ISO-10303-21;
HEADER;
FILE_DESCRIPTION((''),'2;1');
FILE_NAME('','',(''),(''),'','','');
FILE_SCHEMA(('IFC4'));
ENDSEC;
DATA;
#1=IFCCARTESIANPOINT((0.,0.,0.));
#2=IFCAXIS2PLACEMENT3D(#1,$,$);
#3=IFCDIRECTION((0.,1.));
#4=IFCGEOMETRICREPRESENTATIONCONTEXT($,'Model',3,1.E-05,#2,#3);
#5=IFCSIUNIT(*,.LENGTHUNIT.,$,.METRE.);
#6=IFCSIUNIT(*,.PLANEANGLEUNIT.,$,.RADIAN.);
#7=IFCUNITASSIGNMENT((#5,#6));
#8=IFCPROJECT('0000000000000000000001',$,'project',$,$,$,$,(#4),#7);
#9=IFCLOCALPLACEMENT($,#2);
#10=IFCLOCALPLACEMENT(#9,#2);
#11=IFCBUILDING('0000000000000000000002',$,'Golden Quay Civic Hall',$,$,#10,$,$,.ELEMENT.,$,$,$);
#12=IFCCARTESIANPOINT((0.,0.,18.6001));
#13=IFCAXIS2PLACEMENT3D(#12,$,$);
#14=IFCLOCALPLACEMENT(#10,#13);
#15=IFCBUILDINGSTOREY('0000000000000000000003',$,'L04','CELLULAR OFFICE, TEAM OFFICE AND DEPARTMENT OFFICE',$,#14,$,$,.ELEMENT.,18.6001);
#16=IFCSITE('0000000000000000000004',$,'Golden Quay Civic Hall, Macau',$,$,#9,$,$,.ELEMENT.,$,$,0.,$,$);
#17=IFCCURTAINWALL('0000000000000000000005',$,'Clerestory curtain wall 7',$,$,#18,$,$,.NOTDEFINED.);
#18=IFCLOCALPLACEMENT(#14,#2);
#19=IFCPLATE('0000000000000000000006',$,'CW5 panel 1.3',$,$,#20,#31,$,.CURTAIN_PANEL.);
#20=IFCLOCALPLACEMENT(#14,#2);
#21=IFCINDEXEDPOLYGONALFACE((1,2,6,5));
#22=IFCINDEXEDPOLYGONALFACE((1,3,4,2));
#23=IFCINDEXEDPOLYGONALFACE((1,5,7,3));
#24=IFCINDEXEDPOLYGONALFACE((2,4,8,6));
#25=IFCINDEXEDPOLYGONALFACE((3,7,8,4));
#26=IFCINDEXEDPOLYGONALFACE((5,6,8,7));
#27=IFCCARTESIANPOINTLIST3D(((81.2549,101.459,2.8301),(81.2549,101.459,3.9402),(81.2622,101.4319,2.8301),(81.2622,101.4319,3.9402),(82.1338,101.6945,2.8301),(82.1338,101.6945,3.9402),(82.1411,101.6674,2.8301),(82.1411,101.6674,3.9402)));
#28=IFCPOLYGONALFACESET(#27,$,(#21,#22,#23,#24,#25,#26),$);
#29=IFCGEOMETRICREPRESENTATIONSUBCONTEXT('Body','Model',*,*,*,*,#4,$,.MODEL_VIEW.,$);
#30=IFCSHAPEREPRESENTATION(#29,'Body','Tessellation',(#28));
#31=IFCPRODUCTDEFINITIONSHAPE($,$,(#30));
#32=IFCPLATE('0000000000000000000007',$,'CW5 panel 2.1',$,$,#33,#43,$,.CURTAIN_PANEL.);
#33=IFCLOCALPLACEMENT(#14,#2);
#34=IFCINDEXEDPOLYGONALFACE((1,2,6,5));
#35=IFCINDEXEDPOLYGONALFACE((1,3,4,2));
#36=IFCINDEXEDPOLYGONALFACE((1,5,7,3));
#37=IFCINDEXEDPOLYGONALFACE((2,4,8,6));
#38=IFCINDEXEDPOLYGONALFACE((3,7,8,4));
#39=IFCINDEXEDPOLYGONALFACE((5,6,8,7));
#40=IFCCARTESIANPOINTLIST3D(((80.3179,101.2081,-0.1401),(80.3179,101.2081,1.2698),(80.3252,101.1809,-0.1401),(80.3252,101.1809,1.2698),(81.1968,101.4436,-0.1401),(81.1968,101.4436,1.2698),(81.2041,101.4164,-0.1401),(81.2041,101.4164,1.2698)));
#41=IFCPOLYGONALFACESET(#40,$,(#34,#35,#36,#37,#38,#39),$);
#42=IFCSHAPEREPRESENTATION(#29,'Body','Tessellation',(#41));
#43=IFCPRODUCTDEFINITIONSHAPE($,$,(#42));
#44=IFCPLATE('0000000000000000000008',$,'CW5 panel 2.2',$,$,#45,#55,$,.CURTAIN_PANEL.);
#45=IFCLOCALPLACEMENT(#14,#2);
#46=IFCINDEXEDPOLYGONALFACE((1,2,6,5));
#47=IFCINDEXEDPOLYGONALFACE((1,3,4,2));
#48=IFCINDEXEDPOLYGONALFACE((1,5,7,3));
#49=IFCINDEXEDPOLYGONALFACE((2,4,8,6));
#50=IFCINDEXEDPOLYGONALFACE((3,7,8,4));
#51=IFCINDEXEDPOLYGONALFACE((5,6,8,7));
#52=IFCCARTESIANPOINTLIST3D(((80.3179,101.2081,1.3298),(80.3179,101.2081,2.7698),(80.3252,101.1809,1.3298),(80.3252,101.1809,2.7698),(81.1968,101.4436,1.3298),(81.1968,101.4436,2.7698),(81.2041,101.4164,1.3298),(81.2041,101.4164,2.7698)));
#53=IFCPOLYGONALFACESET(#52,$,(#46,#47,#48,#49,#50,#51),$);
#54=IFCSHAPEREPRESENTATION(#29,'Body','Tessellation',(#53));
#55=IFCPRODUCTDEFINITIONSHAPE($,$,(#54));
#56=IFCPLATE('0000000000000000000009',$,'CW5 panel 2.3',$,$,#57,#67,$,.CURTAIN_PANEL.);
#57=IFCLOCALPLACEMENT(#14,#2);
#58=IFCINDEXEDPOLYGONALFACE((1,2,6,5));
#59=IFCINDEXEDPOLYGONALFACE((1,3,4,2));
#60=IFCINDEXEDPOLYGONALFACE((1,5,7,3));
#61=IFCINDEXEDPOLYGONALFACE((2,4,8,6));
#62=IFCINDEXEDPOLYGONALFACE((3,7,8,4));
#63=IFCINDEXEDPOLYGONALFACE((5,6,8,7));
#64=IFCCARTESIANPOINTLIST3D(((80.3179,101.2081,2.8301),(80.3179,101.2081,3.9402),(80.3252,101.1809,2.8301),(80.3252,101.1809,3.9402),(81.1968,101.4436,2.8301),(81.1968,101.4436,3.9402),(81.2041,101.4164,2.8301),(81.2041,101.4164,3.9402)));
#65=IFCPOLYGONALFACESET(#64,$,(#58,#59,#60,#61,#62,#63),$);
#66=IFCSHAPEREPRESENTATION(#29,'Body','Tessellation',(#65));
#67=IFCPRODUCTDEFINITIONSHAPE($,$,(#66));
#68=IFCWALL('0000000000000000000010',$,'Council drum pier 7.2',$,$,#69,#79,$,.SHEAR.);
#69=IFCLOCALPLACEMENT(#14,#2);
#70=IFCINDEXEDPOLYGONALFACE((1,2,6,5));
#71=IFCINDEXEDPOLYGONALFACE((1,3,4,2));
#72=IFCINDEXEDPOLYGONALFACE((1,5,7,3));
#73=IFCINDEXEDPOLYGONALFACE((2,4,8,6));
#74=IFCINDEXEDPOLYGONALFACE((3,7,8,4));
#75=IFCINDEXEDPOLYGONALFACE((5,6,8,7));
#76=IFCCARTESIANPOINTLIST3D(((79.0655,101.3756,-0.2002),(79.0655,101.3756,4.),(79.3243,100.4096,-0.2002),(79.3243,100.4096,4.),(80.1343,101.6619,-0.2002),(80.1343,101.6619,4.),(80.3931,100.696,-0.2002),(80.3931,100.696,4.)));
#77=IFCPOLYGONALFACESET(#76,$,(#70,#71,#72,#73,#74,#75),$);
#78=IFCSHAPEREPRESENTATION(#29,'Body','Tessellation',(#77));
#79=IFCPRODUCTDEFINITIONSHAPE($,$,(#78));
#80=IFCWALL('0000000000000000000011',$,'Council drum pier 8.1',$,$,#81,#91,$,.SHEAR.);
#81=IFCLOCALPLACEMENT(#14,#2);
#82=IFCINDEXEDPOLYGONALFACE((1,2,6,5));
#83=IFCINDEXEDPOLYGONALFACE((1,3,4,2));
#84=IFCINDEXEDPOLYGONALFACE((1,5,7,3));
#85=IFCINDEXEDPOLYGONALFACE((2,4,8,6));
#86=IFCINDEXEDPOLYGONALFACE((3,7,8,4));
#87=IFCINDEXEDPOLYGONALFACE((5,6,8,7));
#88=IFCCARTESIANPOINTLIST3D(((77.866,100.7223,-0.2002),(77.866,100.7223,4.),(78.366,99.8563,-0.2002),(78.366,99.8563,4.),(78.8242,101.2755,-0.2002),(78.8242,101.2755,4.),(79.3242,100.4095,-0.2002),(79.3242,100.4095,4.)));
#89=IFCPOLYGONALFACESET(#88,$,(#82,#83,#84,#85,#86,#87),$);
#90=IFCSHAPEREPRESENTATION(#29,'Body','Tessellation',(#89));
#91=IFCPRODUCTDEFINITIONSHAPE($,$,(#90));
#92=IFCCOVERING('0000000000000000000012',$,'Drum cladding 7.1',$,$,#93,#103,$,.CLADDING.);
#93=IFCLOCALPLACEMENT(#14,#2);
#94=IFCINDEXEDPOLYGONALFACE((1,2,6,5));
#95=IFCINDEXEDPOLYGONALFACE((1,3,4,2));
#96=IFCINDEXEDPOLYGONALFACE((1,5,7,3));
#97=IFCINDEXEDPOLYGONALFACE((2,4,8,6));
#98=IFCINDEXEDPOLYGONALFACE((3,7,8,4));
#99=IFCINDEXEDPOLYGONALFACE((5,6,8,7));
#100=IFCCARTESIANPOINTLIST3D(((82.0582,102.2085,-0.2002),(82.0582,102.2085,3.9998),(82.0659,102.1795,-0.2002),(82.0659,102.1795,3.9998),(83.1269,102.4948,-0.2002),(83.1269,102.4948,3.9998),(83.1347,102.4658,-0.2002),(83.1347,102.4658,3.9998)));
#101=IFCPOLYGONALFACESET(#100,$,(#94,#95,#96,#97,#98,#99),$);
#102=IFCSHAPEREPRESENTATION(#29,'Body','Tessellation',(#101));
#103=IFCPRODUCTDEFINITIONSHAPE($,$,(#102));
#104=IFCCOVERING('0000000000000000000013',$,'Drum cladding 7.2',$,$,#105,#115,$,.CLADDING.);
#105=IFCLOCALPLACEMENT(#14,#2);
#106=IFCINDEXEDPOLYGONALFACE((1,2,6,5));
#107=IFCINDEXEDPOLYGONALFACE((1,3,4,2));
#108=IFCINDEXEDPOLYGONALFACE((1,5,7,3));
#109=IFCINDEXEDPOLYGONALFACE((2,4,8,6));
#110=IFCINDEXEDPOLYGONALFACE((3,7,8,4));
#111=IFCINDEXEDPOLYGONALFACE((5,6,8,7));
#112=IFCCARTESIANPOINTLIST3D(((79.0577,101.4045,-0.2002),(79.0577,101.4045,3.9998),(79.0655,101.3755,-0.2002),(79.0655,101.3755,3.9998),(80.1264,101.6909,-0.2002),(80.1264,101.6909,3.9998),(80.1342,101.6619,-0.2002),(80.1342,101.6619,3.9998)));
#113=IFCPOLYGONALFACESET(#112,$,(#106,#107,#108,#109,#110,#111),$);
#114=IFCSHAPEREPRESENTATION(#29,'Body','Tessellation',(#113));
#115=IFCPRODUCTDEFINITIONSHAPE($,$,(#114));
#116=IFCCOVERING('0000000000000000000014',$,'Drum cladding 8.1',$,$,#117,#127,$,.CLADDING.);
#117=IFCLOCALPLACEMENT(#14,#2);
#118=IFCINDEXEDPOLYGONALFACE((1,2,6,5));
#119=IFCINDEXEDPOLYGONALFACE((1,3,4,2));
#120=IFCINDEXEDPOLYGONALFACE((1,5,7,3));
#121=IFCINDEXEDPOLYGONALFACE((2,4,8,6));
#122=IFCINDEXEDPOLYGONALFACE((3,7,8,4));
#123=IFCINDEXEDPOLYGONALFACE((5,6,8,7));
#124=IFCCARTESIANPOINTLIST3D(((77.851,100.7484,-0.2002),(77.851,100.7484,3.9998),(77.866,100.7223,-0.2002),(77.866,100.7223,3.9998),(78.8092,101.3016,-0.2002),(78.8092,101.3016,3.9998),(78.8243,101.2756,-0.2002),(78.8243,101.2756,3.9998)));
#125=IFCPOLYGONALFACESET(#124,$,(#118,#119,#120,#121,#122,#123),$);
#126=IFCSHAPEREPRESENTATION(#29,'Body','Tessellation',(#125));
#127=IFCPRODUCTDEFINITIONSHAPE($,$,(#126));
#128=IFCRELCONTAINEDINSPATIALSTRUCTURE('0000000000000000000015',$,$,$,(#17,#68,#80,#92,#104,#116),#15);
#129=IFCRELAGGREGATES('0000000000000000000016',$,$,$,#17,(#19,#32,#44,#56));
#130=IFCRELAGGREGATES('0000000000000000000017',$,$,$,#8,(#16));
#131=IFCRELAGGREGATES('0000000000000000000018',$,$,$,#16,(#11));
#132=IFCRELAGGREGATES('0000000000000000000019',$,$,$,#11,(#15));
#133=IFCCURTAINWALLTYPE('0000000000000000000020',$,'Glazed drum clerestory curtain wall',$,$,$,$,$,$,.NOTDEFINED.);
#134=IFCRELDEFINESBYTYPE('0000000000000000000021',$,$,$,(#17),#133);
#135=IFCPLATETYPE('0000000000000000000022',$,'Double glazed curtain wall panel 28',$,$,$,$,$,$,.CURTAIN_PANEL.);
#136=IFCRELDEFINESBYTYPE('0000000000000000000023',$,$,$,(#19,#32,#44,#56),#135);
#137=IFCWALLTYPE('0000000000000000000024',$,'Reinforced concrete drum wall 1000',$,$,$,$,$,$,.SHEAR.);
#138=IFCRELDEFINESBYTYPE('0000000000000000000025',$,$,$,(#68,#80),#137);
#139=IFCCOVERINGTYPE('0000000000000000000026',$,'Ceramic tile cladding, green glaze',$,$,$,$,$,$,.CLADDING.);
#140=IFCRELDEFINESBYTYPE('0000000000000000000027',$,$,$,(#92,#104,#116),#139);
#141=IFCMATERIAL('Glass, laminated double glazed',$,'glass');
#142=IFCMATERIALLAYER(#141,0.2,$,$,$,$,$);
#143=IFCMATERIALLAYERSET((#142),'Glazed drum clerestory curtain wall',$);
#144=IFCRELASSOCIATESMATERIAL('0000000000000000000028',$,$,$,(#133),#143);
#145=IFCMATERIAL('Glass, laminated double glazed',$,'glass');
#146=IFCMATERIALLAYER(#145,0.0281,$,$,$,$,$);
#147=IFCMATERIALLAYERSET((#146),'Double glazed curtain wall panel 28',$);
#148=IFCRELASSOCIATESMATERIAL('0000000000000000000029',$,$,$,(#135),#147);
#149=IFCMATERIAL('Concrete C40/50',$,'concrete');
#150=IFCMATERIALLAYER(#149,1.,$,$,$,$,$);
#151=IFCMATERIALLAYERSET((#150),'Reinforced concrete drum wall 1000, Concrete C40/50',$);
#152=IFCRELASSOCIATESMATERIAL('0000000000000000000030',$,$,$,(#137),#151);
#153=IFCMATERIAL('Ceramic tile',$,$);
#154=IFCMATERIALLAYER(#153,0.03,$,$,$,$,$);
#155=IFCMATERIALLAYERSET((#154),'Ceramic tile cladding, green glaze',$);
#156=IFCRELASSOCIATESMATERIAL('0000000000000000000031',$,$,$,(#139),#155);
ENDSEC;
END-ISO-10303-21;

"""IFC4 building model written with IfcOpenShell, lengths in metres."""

from ifc_helpers import new_model, si_unit, direction, frame, frame_2d, origin, origin_2d, place, context, subcontext, project, spatial, rectangle, extrude, material, layer, layer_set, type_object, element, aggregate, save


model = new_model("IFC4")

# Units and contexts
model_context = context("Model", 3, precision=1e-05, world=origin(), true_north=direction((0.0, 1.0)))
body_context = subcontext(model_context, "Body", "Model", "MODEL_VIEW")
ifc_project = project(units=[si_unit("LENGTHUNIT", "METRE"), si_unit("PLANEANGLEUNIT", "RADIAN")], contexts=[model_context])

# Site, building, storey
site_placement = place(None, origin())
site = spatial("IfcSite", under=ifc_project, at=site_placement, Name="Golden Quay Civic Hall, Macau", CompositionType="ELEMENT", RefElevation=0.0)
building_placement = place(site_placement, origin())
building = spatial("IfcBuilding", under=site, at=building_placement, Name="Golden Quay Civic Hall", CompositionType="ELEMENT")
storey_placement = place(building_placement, frame((0.0, 0.0, 18.6001)))
storey = spatial("IfcBuildingStorey", under=building, at=storey_placement, Name="L04", Description="CELLULAR OFFICE, TEAM OFFICE AND DEPARTMENT OFFICE", CompositionType="ELEMENT", Elevation=18.6001)

# Curtain wall
ifc_material_1 = material(Name="Glass, laminated double glazed", Category="glass")
ifc_layer_1 = layer(ifc_material_1, 0.2)
ifc_layer_set_1 = layer_set([ifc_layer_1], Name="Glazed drum clerestory curtain wall")
curtain_wall_type = type_object("IfcCurtainWallType", Name="Glazed drum clerestory curtain wall", PredefinedType="NOTDEFINED", material=ifc_layer_set_1)
curtain_wall_placement = place(storey_placement, origin())
curtain_wall = element("IfcCurtainWall", 1, at=curtain_wall_placement, inside=storey, type_object=curtain_wall_type, Name="Clerestory curtain wall 7", PredefinedType="NOTDEFINED")

# Plates
ifc_material_2 = material(Name="Glass, laminated double glazed", Category="glass")
ifc_layer_2 = layer(ifc_material_2, 0.0281)
ifc_layer_set_2 = layer_set([ifc_layer_2], Name="Double glazed curtain wall panel 28")
plate_type = type_object("IfcPlateType", Name="Double glazed curtain wall panel 28", PredefinedType="CURTAIN_PANEL", material=ifc_layer_set_2)
plate_1_placement = place(storey_placement, frame((81.698, 101.5632, 2.8301), z_axis=(0.0, 0.0, 1.0), x_axis=(-0.965929, -0.258808, 0.0)))
plate_1 = element("IfcPlate", 2, at=plate_1_placement, type_object=plate_type, Name="CW5 panel 1.3", PredefinedType="CURTAIN_PANEL", context=body_context, shape_type="SweptSolid", body=[
    extrude(rectangle(XDim=0.9099, YDim=0.0281, at=origin_2d()), origin(), (0.0, 0.0, 1.0), 1.1101),
])
plate_2_placement = place(storey_placement, frame((80.761, 101.3123, -0.1401), z_axis=(0.0, 0.0, 1.0), x_axis=(-0.965929, -0.258808, 0.0)))
plate_2 = element("IfcPlate", 3, at=plate_2_placement, type_object=plate_type, Name="CW5 panel 2.1", PredefinedType="CURTAIN_PANEL", context=body_context, shape_type="SweptSolid", body=[
    extrude(rectangle(XDim=0.9099, YDim=0.0281, at=origin_2d()), origin(), (0.0, 0.0, 1.0), 1.4099),
])
plate_3_placement = place(storey_placement, frame((80.761, 101.3123, 1.3298), z_axis=(0.0, 0.0, 1.0), x_axis=(-0.965929, -0.258808, 0.0)))
plate_3 = element("IfcPlate", 4, at=plate_3_placement, type_object=plate_type, Name="CW5 panel 2.2", PredefinedType="CURTAIN_PANEL", context=body_context, shape_type="SweptSolid", body=[
    extrude(rectangle(XDim=0.9099, YDim=0.0281, at=origin_2d()), origin(), (0.0, 0.0, 1.0), 1.4399),
])
plate_4_placement = place(storey_placement, frame((80.761, 101.3123, 2.8301), z_axis=(0.0, 0.0, 1.0), x_axis=(-0.965929, -0.258808, 0.0)))
plate_4 = element("IfcPlate", 5, at=plate_4_placement, type_object=plate_type, Name="CW5 panel 2.3", PredefinedType="CURTAIN_PANEL", context=body_context, shape_type="SweptSolid", body=[
    extrude(rectangle(XDim=0.9099, YDim=0.0281, at=origin_2d()), origin(), (0.0, 0.0, 1.0), 1.1101),
])
aggregate(curtain_wall, [plate_1, plate_2, plate_3, plate_4])

# Walls
ifc_material_3 = material(Name="Concrete C40/50", Category="concrete")
ifc_layer_3 = layer(ifc_material_3, 1.0)
ifc_layer_set_3 = layer_set([ifc_layer_3], Name="Reinforced concrete drum wall 1000, Concrete C40/50")
wall_type = type_object("IfcWallType", Name="Reinforced concrete drum wall 1000", PredefinedType="SHEAR", material=ifc_layer_set_3)
for number, where, z_axis, x_axis, name in (
    (6, (80.2637, 101.179, -0.2002), (0.0, 0.0, 1.0), (-0.96593, -0.258802, 0.0), "Council drum pier 7.2"),
    (7, (79.0742, 100.8425, -0.2002), (0.0, 0.0, 1.0), (-0.866035, -0.499983, 0.0), "Council drum pier 8.1"),
):
    element("IfcWall", number, at=place(storey_placement, frame(where, z_axis=z_axis, x_axis=x_axis)), inside=storey, type_object=wall_type, Name=name, PredefinedType="SHEAR", context=body_context, shape_type="SweptSolid", body=[
        extrude(rectangle(XDim=1.1064, YDim=1.0, at=frame_2d((0.5532, 0.0))), origin(), (0.0, 0.0, 1.0), 4.2002),
    ])

# Coverings
ifc_material_4 = material(Name="Ceramic tile")
ifc_layer_4 = layer(ifc_material_4, 0.03)
ifc_layer_set_4 = layer_set([ifc_layer_4], Name="Ceramic tile cladding, green glaze")
covering_type = type_object("IfcCoveringType", Name="Ceramic tile cladding, green glaze", PredefinedType="CLADDING", material=ifc_layer_set_4)
for number, where, z_axis, x_axis, name in (
    (8, (82.5964, 102.3372, -0.2002), (0.0, 0.0, 1.0), (-0.965926, -0.258819, 0.0), "Drum cladding 7.1"),
    (9, (79.5959, 101.5332, -0.2002), (0.0, 0.0, 1.0), (-0.965926, -0.258819, 0.0), "Drum cladding 7.2"),
    (10, (78.3376, 101.012, -0.2002), (0.0, 0.0, 1.0), (-0.866025, -0.5, 0.0), "Drum cladding 8.1"),
):
    element("IfcCovering", number, at=place(storey_placement, frame(where, z_axis=z_axis, x_axis=x_axis)), inside=storey, type_object=covering_type, Name=name, PredefinedType="CLADDING", context=body_context, shape_type="SweptSolid", body=[
        extrude(rectangle(XDim=1.1064, YDim=0.03, at=origin_2d()), origin(), (0.0, 0.0, 1.0), 4.2),
    ])

save(model, "model.ifc")
